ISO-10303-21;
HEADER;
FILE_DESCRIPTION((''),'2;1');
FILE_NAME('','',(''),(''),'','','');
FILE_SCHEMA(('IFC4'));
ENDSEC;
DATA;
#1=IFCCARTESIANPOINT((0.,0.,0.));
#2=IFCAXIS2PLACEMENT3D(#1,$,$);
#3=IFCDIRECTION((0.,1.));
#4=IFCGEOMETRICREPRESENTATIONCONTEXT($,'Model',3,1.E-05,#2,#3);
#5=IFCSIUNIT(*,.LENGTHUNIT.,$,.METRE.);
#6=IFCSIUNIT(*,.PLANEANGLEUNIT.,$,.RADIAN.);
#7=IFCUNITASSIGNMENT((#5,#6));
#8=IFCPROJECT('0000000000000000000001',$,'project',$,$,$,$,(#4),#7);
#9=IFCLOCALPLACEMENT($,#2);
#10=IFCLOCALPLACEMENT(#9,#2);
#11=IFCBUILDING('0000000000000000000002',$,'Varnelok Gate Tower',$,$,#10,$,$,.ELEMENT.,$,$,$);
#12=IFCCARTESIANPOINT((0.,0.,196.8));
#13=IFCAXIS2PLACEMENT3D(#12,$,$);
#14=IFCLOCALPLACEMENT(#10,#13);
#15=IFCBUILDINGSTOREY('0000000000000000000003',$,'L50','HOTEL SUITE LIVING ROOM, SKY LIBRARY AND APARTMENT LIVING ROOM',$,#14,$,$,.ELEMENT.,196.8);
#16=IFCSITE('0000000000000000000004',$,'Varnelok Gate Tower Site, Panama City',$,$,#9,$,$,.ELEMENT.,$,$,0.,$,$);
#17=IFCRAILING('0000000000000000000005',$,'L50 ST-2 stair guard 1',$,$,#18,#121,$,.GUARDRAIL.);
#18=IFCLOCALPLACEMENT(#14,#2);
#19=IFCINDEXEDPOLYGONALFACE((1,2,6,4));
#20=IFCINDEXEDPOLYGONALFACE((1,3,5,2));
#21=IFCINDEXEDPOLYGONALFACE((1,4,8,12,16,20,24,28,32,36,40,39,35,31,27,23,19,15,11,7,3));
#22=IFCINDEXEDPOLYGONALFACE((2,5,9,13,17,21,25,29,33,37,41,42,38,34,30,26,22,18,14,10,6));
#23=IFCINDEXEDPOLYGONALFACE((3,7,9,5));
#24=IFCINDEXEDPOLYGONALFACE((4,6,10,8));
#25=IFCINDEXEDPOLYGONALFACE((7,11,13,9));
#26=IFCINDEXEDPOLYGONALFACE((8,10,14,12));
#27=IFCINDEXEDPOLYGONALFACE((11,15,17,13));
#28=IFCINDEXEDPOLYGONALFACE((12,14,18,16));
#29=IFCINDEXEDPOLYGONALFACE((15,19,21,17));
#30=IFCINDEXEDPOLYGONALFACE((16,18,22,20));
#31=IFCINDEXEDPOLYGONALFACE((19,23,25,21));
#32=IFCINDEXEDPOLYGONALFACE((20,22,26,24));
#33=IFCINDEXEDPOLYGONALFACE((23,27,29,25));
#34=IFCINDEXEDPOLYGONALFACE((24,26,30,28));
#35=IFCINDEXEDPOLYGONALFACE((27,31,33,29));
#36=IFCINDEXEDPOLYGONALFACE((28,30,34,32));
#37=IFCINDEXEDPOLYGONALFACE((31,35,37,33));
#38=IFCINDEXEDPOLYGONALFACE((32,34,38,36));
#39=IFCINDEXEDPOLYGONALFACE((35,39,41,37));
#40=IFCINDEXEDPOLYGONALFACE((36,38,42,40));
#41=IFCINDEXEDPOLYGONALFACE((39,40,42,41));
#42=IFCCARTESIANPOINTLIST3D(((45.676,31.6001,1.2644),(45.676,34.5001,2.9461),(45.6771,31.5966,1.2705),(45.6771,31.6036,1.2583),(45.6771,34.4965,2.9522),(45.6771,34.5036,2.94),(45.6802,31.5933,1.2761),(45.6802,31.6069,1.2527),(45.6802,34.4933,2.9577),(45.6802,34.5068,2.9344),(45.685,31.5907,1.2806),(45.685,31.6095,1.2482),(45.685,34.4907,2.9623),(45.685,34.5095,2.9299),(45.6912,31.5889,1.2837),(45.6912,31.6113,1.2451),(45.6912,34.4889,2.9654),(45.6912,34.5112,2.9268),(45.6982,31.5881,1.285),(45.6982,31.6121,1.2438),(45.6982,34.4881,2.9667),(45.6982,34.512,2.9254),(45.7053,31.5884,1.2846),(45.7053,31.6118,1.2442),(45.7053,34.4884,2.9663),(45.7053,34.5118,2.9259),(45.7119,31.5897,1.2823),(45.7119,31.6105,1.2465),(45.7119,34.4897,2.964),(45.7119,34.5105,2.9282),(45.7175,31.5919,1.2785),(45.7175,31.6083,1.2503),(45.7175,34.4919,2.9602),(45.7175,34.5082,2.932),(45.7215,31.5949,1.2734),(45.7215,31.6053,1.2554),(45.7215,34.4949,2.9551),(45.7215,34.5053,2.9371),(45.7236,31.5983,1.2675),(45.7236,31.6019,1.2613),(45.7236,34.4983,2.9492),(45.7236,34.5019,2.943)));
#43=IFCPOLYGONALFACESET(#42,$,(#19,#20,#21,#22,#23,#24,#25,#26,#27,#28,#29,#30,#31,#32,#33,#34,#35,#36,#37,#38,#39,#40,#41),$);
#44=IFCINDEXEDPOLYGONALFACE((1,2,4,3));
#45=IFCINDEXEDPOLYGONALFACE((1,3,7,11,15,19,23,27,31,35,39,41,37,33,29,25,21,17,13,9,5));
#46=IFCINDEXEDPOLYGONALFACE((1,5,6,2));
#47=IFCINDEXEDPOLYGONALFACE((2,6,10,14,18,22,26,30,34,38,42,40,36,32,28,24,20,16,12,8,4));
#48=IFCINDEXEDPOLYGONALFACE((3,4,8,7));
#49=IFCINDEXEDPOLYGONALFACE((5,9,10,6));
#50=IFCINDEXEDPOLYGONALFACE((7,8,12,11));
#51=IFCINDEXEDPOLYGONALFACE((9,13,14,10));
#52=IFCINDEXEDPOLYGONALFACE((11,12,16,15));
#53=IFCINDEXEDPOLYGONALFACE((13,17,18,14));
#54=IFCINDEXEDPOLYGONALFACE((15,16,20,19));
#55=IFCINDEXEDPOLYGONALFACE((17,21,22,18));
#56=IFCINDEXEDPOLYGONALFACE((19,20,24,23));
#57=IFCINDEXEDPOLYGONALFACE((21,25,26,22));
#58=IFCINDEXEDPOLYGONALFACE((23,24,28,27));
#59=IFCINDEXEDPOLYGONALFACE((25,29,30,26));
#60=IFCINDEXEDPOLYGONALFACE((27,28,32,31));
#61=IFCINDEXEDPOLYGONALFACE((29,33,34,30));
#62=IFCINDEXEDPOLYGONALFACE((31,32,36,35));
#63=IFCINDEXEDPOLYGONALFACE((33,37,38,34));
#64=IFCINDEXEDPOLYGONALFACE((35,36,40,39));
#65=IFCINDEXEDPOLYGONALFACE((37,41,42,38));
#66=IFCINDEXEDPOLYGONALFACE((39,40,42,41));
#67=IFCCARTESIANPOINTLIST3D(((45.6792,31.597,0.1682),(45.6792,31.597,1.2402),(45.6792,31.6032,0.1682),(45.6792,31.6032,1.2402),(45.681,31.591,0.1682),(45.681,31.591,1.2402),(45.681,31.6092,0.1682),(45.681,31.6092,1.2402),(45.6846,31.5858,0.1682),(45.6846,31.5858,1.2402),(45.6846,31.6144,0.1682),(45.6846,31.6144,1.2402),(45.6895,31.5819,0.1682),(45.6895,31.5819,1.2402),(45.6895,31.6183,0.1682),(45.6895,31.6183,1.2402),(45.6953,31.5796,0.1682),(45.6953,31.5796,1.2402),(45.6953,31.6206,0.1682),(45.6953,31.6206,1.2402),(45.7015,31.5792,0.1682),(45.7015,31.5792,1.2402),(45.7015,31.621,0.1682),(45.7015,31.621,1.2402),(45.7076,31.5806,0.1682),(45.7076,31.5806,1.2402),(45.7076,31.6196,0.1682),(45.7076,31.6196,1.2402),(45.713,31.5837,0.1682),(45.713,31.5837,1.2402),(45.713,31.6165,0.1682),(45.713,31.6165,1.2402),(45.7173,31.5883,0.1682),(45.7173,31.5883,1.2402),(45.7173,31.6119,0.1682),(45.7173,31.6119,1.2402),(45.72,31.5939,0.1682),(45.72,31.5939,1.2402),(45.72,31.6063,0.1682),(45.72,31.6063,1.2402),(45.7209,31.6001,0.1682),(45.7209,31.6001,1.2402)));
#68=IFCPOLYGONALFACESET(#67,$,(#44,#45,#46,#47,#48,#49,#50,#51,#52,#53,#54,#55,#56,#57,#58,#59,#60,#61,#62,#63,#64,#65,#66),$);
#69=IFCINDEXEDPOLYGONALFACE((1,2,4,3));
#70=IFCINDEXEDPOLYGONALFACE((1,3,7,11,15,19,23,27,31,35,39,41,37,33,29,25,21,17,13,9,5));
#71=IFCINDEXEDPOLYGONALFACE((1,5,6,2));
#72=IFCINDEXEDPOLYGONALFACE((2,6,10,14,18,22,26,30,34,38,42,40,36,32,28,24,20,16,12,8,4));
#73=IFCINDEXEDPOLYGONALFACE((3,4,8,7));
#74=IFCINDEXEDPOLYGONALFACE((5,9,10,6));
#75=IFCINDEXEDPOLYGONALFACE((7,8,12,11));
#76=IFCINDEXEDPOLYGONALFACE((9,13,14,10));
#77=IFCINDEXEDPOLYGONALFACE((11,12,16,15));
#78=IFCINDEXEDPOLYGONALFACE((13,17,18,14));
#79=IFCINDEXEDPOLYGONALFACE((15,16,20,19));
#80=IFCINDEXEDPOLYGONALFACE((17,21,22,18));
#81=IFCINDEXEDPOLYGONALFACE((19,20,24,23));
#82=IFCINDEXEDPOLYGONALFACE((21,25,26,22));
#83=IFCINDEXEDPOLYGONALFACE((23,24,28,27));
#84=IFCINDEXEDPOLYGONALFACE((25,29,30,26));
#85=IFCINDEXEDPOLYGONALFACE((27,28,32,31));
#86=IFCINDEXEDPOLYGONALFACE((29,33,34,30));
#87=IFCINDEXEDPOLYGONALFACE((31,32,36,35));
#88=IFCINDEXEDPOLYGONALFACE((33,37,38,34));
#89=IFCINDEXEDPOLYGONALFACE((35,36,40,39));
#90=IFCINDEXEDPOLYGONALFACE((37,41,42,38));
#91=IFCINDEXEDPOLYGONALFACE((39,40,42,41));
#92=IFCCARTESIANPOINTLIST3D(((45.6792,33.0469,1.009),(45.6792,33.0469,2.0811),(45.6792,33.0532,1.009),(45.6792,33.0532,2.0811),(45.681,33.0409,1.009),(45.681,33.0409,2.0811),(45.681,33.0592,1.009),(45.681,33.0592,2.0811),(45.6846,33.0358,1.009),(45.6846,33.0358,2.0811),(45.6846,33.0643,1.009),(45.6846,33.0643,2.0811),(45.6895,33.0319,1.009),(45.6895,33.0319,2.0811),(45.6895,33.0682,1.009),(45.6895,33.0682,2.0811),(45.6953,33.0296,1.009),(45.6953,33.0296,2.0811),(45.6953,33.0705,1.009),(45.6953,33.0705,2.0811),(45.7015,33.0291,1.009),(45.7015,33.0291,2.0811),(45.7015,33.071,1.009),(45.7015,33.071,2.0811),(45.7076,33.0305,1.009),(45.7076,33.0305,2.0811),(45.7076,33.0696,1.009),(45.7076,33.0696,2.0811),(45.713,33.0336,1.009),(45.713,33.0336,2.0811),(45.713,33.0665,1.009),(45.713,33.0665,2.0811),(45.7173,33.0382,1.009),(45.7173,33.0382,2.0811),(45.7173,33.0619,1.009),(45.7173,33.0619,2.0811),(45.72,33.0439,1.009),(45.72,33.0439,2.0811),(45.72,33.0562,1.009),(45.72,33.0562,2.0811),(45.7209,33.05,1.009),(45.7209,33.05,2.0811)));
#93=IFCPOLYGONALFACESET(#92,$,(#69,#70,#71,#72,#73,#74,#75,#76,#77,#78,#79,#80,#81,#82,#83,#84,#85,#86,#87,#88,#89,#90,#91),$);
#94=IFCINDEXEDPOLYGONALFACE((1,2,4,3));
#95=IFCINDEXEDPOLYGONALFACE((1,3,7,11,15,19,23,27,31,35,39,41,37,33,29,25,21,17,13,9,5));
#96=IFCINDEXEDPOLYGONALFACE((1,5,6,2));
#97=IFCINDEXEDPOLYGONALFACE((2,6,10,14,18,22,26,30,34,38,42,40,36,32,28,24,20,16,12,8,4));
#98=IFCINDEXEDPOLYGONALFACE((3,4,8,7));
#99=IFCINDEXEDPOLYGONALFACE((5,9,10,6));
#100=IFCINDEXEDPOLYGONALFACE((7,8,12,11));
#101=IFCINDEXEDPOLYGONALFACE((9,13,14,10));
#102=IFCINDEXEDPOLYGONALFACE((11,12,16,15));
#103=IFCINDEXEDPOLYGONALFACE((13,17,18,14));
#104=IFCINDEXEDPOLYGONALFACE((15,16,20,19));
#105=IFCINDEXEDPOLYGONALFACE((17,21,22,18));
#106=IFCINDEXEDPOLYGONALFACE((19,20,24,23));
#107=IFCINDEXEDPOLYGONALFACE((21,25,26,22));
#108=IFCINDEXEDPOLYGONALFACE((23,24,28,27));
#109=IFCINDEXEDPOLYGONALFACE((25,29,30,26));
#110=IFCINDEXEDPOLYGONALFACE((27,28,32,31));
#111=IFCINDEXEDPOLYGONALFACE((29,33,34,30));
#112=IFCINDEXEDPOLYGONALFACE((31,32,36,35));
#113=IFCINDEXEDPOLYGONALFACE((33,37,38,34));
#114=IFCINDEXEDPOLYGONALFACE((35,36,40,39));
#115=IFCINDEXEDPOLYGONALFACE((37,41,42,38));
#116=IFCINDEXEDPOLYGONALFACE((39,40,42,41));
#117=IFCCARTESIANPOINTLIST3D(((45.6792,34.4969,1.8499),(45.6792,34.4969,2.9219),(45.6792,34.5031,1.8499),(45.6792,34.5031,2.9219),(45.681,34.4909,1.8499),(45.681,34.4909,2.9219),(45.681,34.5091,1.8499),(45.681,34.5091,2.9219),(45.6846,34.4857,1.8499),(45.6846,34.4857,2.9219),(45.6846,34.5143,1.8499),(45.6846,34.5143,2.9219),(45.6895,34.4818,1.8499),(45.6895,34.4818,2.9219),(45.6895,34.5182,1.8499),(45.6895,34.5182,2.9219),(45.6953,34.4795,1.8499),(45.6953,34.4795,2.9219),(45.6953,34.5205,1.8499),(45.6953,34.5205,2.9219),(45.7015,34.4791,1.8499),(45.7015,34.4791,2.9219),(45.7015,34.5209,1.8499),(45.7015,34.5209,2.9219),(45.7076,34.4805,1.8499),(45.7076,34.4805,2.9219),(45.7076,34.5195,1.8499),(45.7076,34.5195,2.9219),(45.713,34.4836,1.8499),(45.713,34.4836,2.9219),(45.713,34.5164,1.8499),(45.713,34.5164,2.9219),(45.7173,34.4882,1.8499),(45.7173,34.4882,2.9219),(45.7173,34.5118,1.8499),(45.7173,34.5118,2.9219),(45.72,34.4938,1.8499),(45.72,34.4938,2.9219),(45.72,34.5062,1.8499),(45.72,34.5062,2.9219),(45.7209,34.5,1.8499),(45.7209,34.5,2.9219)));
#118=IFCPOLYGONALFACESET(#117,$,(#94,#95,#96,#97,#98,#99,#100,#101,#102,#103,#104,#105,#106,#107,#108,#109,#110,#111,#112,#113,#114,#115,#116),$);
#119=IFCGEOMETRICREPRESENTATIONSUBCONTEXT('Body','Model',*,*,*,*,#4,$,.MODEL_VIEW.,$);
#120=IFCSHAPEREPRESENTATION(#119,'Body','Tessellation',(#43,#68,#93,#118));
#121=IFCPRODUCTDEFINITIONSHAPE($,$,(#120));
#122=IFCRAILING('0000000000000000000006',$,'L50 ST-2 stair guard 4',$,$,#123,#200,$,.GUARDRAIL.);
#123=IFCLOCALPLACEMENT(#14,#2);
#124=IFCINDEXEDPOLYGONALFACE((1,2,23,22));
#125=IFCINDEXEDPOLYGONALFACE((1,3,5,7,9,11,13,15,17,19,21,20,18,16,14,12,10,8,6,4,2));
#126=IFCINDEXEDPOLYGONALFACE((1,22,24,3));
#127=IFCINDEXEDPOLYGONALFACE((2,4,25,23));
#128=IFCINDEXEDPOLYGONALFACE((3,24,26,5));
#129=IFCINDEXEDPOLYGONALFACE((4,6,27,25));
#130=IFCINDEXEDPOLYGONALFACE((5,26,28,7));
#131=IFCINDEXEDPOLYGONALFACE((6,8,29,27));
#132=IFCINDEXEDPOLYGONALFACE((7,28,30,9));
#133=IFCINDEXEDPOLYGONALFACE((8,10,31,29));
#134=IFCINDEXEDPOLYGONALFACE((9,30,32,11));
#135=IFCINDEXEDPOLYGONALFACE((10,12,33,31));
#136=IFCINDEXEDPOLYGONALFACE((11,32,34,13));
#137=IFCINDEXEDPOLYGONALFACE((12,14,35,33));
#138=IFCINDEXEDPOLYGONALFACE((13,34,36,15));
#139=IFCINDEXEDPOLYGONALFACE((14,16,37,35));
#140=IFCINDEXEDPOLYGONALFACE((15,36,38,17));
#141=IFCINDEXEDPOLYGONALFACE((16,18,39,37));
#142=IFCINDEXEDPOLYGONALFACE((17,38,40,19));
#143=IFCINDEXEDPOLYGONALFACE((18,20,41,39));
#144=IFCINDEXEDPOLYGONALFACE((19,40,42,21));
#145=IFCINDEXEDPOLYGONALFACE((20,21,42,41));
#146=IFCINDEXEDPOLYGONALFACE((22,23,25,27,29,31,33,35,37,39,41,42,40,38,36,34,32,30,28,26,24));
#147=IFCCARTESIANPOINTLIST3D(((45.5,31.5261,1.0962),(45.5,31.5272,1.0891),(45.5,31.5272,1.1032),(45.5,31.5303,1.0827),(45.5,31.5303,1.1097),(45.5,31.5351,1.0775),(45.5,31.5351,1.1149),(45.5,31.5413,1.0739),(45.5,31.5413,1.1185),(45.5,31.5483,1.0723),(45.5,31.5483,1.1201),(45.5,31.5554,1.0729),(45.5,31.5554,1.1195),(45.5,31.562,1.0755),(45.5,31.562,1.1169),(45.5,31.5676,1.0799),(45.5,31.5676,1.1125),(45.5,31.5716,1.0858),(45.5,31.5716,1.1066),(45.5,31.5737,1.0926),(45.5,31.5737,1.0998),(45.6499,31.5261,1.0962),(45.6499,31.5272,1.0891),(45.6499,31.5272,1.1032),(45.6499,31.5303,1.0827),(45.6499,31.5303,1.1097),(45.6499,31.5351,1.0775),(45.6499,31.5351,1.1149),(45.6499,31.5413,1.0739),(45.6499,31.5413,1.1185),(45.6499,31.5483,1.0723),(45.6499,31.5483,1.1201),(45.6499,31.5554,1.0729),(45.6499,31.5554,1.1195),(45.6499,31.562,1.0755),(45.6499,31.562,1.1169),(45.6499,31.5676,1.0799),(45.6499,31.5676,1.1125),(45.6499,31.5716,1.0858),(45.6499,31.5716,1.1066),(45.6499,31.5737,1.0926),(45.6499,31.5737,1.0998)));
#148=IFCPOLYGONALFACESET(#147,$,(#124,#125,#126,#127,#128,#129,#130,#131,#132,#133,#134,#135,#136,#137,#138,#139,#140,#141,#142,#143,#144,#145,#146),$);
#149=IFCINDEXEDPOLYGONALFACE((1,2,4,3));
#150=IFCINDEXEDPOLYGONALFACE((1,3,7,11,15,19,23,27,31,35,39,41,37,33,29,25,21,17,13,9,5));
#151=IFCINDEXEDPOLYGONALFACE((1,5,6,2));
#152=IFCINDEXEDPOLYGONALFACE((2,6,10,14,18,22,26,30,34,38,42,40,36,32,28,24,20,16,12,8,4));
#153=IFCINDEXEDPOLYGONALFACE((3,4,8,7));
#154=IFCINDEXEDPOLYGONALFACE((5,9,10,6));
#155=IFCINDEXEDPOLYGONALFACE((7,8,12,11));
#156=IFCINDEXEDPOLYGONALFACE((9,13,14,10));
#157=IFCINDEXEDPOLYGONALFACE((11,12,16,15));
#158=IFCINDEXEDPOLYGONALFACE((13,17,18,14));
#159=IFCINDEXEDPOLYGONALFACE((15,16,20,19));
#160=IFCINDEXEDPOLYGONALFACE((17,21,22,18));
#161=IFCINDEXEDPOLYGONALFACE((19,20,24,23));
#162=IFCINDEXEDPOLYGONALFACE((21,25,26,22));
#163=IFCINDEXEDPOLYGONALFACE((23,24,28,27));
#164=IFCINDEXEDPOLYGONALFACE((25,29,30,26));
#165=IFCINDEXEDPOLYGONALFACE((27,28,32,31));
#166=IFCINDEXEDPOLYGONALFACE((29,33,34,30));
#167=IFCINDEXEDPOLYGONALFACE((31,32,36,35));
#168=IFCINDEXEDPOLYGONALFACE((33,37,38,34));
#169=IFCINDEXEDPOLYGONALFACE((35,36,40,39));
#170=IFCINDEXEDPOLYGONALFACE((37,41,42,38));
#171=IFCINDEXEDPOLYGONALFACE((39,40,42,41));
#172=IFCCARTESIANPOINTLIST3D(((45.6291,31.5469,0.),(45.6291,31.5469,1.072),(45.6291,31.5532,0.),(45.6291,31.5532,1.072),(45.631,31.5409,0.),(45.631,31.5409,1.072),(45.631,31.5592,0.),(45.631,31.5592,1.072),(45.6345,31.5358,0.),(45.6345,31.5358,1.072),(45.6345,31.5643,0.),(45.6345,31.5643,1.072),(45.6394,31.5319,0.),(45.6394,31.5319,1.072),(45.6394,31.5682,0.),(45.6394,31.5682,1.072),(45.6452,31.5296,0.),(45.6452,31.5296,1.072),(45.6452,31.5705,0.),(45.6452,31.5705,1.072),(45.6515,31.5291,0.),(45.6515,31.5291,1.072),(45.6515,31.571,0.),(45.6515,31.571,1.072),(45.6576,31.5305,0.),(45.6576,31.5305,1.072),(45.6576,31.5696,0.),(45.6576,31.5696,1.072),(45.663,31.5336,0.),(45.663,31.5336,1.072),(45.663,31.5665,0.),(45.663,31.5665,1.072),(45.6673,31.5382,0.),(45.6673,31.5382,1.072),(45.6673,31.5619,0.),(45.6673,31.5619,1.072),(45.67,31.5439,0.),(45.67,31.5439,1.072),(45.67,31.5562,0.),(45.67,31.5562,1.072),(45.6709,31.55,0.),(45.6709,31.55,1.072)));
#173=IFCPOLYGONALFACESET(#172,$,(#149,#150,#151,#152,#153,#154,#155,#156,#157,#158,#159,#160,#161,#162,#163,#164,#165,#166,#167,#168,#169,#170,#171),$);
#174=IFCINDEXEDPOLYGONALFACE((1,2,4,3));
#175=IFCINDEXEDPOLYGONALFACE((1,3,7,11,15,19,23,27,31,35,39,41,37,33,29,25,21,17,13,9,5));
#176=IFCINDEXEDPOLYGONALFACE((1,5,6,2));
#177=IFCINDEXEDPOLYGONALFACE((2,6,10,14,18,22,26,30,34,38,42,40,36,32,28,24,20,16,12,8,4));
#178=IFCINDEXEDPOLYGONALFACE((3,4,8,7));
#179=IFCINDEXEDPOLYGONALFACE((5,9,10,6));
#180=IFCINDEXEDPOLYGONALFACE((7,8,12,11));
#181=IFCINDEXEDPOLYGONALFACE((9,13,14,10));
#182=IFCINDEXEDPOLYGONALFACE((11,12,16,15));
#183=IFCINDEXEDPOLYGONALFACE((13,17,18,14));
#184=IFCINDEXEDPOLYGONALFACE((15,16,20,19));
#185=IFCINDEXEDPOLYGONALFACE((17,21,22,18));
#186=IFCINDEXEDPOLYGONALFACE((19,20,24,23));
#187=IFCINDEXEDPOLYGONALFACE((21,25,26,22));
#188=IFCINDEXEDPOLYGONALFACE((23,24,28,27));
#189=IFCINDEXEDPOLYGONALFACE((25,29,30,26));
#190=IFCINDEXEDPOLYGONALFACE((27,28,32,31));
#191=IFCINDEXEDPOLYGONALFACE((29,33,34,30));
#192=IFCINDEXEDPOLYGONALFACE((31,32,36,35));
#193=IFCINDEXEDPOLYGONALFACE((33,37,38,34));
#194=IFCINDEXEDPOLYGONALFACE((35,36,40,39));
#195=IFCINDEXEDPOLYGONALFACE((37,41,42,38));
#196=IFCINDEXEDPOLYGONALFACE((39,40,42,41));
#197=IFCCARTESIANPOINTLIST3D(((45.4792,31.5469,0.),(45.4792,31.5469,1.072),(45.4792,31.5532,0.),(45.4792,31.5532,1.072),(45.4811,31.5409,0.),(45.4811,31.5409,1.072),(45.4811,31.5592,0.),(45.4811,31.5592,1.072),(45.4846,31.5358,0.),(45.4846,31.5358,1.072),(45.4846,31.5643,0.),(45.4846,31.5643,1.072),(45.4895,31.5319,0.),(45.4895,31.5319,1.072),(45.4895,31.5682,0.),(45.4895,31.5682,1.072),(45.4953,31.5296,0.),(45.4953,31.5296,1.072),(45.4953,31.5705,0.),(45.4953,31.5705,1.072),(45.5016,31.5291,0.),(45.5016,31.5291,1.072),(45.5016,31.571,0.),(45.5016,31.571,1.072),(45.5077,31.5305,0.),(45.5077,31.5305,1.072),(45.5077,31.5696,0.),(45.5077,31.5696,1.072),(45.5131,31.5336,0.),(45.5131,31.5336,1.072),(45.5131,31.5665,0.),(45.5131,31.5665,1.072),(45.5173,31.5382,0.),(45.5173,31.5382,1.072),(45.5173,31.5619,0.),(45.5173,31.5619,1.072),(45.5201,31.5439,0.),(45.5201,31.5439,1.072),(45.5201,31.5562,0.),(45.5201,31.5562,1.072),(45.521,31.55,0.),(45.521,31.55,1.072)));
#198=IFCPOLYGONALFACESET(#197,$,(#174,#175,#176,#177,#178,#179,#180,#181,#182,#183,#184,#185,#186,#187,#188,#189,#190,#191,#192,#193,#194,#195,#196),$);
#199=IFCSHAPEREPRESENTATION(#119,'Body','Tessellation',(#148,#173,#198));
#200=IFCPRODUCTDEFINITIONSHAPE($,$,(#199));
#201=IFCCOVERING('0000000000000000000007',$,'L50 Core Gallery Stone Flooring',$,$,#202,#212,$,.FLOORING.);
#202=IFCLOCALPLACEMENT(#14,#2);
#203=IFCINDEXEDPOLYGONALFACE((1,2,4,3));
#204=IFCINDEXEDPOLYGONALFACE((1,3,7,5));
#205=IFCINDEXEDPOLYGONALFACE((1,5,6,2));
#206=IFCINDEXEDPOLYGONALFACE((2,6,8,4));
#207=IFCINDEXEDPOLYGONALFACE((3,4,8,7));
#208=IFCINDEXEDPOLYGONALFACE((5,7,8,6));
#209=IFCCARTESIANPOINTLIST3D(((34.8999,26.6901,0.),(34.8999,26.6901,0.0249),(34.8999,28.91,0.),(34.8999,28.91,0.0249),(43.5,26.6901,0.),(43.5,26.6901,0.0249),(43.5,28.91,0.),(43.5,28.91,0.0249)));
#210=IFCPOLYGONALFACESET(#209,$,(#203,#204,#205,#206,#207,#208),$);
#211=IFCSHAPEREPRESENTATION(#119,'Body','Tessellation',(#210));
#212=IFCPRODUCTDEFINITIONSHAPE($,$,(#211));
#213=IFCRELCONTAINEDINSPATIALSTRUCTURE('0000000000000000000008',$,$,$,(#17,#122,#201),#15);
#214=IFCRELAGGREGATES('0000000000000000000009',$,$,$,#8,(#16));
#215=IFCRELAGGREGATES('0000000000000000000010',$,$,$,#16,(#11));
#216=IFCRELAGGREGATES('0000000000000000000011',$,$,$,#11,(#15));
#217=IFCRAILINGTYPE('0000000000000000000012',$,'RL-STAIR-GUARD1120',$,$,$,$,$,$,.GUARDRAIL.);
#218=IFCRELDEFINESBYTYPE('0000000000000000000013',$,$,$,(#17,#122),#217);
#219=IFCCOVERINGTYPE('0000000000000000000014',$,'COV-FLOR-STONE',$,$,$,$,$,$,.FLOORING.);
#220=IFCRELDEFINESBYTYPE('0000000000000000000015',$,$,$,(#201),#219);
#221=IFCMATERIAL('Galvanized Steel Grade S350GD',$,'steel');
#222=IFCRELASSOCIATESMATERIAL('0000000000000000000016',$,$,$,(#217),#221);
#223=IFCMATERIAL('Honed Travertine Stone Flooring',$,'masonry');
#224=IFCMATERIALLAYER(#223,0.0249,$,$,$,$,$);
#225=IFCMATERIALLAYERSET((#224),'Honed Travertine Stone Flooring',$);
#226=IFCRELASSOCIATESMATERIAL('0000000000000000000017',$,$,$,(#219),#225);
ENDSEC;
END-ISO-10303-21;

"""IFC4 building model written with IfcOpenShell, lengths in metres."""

from ifc_helpers import new_model, si_unit, direction, frame, origin, origin_2d, place, context, subcontext, project, spatial, rectangle, circle, extrude, source, transform, mapped, material, layer, layer_set, type_object, element, save


model = new_model("IFC4")

# Units and contexts
model_context = context("Model", 3, precision=1e-05, world=origin(), true_north=direction((0.0, 1.0)))
body_context = subcontext(model_context, "Body", "Model", "MODEL_VIEW")
ifc_project = project(units=[si_unit("LENGTHUNIT", "METRE"), si_unit("PLANEANGLEUNIT", "RADIAN")], contexts=[model_context])

# Site, building, storey
site_placement = place(None, origin())
site = spatial("IfcSite", under=ifc_project, at=site_placement, Name="Varnelok Gate Tower Site, Panama City", CompositionType="ELEMENT", RefElevation=0.0)
building_placement = place(site_placement, origin())
building = spatial("IfcBuilding", under=site, at=building_placement, Name="Varnelok Gate Tower", CompositionType="ELEMENT")
storey_placement = place(building_placement, frame((0.0, 0.0, 196.8)))
storey = spatial("IfcBuildingStorey", under=building, at=storey_placement, Name="L50", Description="HOTEL SUITE LIVING ROOM, SKY LIBRARY AND APARTMENT LIVING ROOM", CompositionType="ELEMENT", Elevation=196.8)

# Shared definitions
ifc_material_1 = material(Name="Galvanized Steel Grade S350GD", Category="steel")

# Railings
railing_type_1 = type_object("IfcRailingType", Name="RL-STAIR-GUARD1120", PredefinedType="GUARDRAIL", material=ifc_material_1)
railing_1_placement = place(storey_placement, frame((45.7, 31.6001, 0.1682)))
element("IfcRailing", 1, at=railing_1_placement, inside=storey, type_object=railing_type_1, Name="L50 ST-2 stair guard 1", PredefinedType="GUARDRAIL", context=body_context, shape_type="SweptSolid", body=[
    extrude(circle(Radius=0.0239, at=origin_2d()), frame((0.0, 0.0, 1.0962), z_axis=(0.0, 0.86507, 0.501651), x_axis=(-1.0, 0.0, 0.0)), (0.0, 0.0, 1.0), 3.3523),
    extrude(circle(Radius=0.021, at=origin_2d()), origin(), (0.0, 0.0, 1.0), 1.072),
    extrude(circle(Radius=0.021, at=origin_2d()), frame((0.0, 1.45, 0.8408)), (0.0, 0.0, 1.0), 1.072),
    extrude(circle(Radius=0.021, at=origin_2d()), frame((0.0, 2.8999, 1.6816)), (0.0, 0.0, 1.0), 1.072),
])
railing_2_placement = place(storey_placement, frame((45.6499, 31.55, 0.0)))
element("IfcRailing", 2, at=railing_2_placement, inside=storey, type_object=railing_type_1, Name="L50 ST-2 stair guard 4", PredefinedType="GUARDRAIL", context=body_context, shape_type="SweptSolid", body=[
    extrude(circle(Radius=0.0239, at=origin_2d()), frame((0.0, 0.0, 1.0962), z_axis=(-1.0, 0.0, 0.0), x_axis=(0.0, -1.0, 0.0)), (0.0, 0.0, 1.0), 0.1499),
    extrude(circle(Radius=0.021, at=origin_2d()), origin(), (0.0, 0.0, 1.0), 1.072),
    extrude(circle(Radius=0.021, at=origin_2d()), frame((-0.1499, 0.0, 0.0)), (0.0, 0.0, 1.0), 1.072),
])

# Covering
ifc_material_2 = material(Name="Honed Travertine Stone Flooring", Category="masonry")
ifc_layer_1 = layer(ifc_material_2, 0.0249)
ifc_layer_set_1 = layer_set([ifc_layer_1], Name="Honed Travertine Stone Flooring")
covering_type_1 = type_object("IfcCoveringType", Name="COV-FLOR-STONE", PredefinedType="FLOORING", material=ifc_layer_set_1)
shared_shape_1 = source(origin(), body_context, "Body", "SweptSolid", [
    extrude(rectangle(XDim=8.6001, YDim=2.22, at=origin_2d()), origin(), (0.0, 0.0, 1.0), 0.0249),
])
covering_1_placement = place(storey_placement, frame((39.2, 27.8, 0.0), z_axis=(0.0, 0.0, 1.0), x_axis=(1.0, 0.0, 0.0)))
element("IfcCovering", 3, at=covering_1_placement, inside=storey, type_object=covering_type_1, Name="L50 Core Gallery Stone Flooring", PredefinedType="FLOORING", context=body_context, shape_type="MappedRepresentation", body=[
    mapped(shared_shape_1, transform((0.0, 0.0, 0.0), scale=1.0)),
])

save(model, "model.ifc")
